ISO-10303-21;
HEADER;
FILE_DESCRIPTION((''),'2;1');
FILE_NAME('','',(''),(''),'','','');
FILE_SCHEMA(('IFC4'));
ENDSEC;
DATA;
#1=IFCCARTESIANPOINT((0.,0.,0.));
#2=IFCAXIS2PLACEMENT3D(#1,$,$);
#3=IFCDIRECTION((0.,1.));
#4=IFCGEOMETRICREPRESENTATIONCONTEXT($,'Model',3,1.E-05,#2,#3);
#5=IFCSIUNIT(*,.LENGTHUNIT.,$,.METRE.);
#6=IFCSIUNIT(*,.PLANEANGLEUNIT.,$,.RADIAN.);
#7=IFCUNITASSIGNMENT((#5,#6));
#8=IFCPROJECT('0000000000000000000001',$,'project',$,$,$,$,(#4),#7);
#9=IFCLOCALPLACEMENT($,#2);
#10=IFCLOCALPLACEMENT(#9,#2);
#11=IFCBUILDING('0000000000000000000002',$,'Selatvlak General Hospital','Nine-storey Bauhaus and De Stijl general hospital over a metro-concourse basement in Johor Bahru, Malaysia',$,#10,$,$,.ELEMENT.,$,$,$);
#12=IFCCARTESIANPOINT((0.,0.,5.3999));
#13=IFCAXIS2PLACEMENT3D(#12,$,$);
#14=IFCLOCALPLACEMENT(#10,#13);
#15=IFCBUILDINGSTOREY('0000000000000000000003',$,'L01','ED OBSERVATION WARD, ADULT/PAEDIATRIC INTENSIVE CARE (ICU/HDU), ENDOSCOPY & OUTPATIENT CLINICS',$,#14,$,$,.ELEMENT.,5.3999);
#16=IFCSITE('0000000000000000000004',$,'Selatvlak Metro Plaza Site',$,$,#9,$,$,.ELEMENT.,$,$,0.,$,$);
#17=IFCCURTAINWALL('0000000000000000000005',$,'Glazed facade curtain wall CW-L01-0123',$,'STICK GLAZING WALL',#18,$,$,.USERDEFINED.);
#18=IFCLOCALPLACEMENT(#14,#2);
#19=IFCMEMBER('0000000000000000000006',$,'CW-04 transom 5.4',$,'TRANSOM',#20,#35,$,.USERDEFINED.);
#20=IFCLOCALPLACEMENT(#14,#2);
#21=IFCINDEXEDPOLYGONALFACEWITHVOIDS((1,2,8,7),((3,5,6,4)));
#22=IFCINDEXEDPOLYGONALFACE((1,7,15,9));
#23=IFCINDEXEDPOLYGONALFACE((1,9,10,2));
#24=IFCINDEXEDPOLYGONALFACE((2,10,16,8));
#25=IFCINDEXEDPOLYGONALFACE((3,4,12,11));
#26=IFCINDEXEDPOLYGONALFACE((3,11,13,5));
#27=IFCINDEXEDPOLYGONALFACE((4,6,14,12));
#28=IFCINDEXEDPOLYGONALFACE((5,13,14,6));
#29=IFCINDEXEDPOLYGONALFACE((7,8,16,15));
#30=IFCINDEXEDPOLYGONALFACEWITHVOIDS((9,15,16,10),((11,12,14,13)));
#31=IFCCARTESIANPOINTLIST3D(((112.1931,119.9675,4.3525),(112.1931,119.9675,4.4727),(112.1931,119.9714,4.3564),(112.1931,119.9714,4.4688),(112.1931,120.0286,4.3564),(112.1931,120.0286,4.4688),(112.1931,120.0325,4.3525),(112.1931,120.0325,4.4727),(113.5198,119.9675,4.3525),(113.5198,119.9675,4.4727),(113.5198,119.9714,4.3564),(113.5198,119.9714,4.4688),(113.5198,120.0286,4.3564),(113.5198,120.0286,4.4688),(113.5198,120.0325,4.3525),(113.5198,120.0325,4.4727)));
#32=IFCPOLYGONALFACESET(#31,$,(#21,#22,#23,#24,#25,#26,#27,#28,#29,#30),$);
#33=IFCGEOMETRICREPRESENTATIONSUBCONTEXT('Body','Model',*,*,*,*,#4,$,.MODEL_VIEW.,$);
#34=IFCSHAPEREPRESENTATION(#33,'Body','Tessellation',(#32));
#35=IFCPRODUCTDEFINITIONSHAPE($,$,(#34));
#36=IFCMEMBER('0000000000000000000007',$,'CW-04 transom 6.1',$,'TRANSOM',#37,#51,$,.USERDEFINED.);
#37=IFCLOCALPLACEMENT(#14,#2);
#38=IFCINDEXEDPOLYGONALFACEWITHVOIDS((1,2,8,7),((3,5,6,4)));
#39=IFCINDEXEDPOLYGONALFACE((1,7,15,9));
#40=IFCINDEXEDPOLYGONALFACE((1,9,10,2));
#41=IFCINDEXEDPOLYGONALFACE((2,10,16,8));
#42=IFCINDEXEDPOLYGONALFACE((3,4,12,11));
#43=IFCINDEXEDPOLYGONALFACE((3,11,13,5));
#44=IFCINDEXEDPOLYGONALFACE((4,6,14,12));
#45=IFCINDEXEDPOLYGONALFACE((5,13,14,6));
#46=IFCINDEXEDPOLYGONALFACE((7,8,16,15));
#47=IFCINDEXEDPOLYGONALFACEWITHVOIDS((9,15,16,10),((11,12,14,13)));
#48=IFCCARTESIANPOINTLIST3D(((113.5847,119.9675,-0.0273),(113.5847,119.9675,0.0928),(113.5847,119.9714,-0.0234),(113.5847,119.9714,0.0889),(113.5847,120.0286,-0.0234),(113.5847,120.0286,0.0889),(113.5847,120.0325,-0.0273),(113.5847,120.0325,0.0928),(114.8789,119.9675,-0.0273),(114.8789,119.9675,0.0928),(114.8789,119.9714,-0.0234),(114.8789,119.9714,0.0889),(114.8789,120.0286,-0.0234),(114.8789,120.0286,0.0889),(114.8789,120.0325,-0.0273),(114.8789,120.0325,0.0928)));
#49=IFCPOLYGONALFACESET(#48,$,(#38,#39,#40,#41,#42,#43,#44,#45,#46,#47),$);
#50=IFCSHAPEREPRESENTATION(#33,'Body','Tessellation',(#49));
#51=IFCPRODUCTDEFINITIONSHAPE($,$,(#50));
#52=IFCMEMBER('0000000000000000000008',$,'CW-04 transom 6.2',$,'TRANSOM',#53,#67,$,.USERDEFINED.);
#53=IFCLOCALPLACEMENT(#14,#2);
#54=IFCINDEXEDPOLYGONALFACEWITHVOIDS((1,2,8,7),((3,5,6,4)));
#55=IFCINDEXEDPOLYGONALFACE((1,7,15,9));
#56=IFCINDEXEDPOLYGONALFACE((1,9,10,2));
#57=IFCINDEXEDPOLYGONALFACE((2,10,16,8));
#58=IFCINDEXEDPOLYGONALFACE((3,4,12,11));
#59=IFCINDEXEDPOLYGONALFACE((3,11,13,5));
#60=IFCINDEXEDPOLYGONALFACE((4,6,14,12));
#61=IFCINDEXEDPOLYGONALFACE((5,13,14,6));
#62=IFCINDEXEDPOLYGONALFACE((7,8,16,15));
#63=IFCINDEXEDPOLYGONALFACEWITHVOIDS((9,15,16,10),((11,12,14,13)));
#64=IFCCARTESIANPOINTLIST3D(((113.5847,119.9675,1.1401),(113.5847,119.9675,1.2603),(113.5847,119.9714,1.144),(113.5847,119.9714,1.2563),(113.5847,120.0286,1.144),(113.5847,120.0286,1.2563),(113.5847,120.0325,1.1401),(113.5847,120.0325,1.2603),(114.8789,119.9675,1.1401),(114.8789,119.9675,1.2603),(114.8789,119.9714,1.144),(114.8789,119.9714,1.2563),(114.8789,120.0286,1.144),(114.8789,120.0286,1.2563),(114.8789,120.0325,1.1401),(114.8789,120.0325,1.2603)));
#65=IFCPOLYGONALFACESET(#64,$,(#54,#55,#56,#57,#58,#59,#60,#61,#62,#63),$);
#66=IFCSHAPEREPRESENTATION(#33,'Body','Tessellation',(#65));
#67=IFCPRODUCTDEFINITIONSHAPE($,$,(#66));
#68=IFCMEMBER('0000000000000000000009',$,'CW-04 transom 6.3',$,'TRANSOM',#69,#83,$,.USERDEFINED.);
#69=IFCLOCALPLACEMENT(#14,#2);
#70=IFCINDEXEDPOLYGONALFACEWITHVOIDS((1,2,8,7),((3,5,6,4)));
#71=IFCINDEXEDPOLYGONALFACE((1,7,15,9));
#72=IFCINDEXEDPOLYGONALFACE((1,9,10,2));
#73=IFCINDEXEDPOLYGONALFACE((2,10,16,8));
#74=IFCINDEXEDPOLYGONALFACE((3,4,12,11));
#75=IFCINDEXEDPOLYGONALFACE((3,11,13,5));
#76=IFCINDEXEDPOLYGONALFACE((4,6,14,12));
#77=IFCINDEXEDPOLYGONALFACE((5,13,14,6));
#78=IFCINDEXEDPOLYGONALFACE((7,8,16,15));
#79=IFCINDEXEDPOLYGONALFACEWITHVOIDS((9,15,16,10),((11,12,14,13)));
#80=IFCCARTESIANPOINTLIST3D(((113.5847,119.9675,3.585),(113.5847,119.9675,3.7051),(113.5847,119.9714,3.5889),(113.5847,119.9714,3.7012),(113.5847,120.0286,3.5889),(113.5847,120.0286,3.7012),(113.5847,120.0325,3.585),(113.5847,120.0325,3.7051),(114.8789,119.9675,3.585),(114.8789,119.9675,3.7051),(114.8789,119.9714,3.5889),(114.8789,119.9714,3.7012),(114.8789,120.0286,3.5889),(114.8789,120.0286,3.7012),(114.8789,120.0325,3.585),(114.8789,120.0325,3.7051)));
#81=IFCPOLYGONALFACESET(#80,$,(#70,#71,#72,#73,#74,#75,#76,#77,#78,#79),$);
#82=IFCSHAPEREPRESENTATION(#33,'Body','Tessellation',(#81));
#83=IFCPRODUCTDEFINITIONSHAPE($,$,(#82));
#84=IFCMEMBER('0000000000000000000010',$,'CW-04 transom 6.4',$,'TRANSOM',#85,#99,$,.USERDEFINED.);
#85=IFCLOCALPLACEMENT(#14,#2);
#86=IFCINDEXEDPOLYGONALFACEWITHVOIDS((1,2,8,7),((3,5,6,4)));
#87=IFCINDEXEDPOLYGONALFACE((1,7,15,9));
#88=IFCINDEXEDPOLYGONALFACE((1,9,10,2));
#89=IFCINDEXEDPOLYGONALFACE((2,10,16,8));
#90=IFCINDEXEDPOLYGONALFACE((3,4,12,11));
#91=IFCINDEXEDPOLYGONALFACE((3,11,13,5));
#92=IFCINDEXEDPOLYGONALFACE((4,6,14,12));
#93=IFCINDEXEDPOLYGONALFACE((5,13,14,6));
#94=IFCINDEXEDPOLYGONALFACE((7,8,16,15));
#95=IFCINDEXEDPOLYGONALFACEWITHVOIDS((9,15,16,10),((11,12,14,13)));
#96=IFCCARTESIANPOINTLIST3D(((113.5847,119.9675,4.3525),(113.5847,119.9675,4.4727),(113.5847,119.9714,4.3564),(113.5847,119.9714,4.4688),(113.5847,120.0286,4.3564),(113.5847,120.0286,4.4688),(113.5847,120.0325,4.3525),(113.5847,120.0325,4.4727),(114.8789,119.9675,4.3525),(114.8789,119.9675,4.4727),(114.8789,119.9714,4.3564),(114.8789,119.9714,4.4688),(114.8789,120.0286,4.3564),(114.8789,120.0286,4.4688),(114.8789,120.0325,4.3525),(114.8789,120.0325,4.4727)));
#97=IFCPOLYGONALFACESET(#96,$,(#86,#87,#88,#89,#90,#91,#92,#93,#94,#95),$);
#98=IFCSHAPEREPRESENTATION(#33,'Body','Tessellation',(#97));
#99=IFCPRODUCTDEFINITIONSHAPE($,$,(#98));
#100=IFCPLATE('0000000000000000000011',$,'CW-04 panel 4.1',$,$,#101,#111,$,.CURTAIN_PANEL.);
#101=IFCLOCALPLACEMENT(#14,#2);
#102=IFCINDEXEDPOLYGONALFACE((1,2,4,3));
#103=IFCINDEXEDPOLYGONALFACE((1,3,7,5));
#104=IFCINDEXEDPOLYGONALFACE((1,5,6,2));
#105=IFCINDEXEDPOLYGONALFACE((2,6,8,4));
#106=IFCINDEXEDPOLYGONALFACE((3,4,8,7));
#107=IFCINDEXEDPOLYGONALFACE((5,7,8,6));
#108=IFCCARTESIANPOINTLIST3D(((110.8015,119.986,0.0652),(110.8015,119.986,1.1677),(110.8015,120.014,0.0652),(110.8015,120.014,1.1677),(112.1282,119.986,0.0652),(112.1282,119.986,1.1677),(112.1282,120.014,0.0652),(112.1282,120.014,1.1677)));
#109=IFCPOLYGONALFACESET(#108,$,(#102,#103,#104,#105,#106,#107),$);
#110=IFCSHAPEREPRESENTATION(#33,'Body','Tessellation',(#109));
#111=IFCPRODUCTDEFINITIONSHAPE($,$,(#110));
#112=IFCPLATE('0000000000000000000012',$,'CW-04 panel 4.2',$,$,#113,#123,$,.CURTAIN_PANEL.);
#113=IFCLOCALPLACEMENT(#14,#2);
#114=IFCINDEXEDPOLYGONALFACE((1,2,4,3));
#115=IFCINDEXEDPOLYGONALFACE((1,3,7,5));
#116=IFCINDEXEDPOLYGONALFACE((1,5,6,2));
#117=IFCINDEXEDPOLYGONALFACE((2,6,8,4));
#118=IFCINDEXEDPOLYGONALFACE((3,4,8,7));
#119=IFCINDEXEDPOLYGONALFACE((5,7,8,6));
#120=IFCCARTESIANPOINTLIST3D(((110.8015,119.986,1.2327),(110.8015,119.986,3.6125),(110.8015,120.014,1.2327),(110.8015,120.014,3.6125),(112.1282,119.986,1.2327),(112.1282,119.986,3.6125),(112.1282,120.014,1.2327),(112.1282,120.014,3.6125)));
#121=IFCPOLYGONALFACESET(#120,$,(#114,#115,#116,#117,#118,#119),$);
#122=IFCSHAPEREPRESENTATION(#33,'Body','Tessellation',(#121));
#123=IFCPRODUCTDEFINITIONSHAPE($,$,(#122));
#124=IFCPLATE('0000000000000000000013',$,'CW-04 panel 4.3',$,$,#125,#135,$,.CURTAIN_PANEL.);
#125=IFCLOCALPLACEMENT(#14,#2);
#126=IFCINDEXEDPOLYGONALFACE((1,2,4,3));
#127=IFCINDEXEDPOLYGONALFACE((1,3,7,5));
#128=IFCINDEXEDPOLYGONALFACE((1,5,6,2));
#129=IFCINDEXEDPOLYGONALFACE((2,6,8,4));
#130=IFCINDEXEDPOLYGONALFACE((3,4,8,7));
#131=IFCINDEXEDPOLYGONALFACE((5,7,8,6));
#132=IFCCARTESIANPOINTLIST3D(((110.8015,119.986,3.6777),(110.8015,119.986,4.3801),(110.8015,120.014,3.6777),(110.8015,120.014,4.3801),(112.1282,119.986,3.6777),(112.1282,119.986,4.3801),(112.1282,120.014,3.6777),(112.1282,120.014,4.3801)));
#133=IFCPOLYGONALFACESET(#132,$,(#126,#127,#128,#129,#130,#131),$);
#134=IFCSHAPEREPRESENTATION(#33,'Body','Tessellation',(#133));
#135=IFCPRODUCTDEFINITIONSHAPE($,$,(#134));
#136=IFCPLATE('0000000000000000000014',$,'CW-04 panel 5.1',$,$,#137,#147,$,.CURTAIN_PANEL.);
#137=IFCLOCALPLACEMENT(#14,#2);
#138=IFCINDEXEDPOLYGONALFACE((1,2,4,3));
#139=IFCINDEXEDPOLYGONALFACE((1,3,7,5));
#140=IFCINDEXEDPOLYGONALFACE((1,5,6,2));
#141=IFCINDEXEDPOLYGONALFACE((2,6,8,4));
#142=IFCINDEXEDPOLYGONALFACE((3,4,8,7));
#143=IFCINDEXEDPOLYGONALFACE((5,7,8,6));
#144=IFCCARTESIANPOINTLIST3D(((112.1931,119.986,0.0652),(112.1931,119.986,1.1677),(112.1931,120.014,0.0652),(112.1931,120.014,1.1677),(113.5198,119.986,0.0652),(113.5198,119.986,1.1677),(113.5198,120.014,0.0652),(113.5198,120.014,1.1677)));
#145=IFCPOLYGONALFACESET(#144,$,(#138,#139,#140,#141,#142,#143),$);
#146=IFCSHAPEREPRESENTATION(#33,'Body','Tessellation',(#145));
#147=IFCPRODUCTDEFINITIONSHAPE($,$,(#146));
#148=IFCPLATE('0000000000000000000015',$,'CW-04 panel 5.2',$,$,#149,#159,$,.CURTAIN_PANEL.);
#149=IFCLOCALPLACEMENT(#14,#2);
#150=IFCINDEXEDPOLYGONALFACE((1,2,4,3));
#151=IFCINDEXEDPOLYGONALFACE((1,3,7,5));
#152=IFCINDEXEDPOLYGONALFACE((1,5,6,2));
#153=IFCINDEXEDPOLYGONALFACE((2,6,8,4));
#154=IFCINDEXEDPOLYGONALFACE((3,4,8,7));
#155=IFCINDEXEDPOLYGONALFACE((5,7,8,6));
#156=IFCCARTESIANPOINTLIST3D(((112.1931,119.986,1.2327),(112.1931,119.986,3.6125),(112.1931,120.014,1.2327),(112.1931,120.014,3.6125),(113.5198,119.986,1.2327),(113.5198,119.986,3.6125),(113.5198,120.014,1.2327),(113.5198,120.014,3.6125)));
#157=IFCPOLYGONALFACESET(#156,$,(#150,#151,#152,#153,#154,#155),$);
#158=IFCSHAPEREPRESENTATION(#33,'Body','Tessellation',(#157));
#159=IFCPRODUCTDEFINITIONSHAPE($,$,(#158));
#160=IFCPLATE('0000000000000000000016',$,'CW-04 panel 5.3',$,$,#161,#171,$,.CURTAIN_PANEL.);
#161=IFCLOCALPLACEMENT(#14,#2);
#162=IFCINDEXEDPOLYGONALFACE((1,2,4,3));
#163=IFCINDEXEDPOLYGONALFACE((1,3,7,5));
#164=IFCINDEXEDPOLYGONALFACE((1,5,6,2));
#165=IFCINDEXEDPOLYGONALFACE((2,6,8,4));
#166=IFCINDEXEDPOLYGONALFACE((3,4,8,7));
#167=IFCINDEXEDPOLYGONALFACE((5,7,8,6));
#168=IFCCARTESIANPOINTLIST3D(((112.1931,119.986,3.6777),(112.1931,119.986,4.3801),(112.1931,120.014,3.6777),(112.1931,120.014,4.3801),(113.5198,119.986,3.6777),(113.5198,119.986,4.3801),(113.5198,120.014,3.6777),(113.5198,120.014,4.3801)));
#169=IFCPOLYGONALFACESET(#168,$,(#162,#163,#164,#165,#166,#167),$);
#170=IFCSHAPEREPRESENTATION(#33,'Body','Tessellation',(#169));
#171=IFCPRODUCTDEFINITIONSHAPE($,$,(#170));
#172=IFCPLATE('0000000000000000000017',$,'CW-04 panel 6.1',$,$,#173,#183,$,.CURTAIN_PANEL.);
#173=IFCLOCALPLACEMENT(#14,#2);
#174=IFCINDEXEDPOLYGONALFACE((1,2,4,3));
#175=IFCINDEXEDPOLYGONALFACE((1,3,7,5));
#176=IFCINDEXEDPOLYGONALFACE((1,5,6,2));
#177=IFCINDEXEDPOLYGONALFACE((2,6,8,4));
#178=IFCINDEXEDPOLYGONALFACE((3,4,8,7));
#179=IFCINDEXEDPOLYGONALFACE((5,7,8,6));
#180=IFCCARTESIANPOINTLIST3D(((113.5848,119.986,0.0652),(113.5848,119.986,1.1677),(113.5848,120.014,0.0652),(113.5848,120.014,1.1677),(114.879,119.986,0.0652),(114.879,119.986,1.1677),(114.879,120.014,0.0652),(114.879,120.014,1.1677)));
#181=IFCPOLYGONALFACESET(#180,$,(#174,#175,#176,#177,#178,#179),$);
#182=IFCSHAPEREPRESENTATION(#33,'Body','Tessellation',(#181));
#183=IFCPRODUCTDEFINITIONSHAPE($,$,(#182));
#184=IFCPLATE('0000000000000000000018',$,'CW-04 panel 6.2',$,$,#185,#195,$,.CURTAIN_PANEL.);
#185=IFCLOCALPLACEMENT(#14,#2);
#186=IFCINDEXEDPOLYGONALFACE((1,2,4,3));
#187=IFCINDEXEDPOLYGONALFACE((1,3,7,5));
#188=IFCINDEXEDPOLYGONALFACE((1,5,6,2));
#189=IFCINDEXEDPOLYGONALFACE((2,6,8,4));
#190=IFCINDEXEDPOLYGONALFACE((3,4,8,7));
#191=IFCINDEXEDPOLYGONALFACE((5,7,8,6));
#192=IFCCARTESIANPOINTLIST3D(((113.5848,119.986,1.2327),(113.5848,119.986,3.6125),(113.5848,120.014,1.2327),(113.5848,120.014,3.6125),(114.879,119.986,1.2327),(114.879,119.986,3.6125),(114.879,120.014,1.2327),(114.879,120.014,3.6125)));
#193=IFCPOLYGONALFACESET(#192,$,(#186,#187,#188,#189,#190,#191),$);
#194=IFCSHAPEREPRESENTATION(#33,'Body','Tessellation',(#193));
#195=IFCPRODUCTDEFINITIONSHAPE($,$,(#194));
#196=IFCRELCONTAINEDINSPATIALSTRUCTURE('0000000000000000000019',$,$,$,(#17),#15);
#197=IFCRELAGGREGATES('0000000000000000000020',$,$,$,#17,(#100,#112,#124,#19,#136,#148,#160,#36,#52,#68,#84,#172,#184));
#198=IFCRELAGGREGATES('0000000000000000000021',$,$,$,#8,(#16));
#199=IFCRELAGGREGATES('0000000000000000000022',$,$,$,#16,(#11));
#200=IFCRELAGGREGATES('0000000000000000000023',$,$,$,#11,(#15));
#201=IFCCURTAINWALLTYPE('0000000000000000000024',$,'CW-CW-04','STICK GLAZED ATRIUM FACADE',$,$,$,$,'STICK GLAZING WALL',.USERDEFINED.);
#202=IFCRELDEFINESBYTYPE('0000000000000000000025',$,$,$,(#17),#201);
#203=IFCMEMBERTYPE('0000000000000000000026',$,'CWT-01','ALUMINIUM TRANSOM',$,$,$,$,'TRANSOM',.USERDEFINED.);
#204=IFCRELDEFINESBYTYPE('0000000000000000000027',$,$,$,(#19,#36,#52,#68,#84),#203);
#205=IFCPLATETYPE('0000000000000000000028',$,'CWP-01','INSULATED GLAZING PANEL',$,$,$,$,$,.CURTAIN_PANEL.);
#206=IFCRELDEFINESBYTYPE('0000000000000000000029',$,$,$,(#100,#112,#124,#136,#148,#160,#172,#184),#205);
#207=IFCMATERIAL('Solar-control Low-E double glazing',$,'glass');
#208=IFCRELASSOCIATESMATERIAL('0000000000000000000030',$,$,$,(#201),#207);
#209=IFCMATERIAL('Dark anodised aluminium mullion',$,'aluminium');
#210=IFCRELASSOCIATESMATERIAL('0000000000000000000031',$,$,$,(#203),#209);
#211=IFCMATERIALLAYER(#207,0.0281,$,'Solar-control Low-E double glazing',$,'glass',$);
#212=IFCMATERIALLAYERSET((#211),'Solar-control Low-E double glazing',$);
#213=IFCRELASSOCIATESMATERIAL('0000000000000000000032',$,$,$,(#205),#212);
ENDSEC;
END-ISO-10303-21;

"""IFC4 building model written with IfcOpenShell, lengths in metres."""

from ifc_helpers import new_model, si_unit, direction, frame, origin, origin_2d, place, context, subcontext, project, spatial, rectangle, hollow_rectangle, extrude, material, layer, layer_set, material_profile, profile_set, type_object, element, aggregate, save


model = new_model("IFC4")

# Units and contexts
model_context = context("Model", 3, precision=1e-05, world=origin(), true_north=direction((0.0, 1.0)))
body_context = subcontext(model_context, "Body", "Model", "MODEL_VIEW")
ifc_project = project(units=[si_unit("LENGTHUNIT", "METRE"), si_unit("PLANEANGLEUNIT", "RADIAN")], contexts=[model_context])

# Site, building, storey
site_placement = place(None, origin())
site = spatial("IfcSite", under=ifc_project, at=site_placement, Name="Selatvlak Metro Plaza Site", CompositionType="ELEMENT", RefElevation=0.0)
building_placement = place(site_placement, origin())
building = spatial("IfcBuilding", under=site, at=building_placement, Name="Selatvlak General Hospital", Description="Nine-storey Bauhaus and De Stijl general hospital over a metro-concourse basement in Johor Bahru, Malaysia", CompositionType="ELEMENT")
storey_placement = place(building_placement, frame((0.0, 0.0, 5.3999)))
storey = spatial("IfcBuildingStorey", under=building, at=storey_placement, Name="L01", Description="ED OBSERVATION WARD, ADULT/PAEDIATRIC INTENSIVE CARE (ICU/HDU), ENDOSCOPY & OUTPATIENT CLINICS", CompositionType="ELEMENT", Elevation=5.3999)

# Curtain wall, members, plates
ifc_material_1 = material(Name="Solar-control Low-E double glazing", Category="glass")
curtain_wall_type = type_object("IfcCurtainWallType", Name="CW-CW-04", Description="STICK GLAZED ATRIUM FACADE", ElementType="STICK GLAZING WALL", PredefinedType="USERDEFINED", material=ifc_material_1)
curtain_wall_placement = place(storey_placement, origin())
curtain_wall = element("IfcCurtainWall", 1, at=curtain_wall_placement, inside=storey, type_object=curtain_wall_type, Name="Glazed facade curtain wall CW-L01-0123", ObjectType="STICK GLAZING WALL", PredefinedType="USERDEFINED")
ifc_material_2 = material(Name="Dark anodised aluminium mullion", Category="aluminium")
ifc_material_profile_1 = material_profile(ifc_material_2, hollow_rectangle(XDim=0.0649, YDim=0.1201, WallThickness=0.0039, at=origin_2d()), Name="AL-TRN 65x120x4")
ifc_profile_set_1 = profile_set([ifc_material_profile_1], Name="Dark anodised aluminium mullion")
member_type_1 = type_object("IfcMemberType", Name="CWT-01", Description="ALUMINIUM TRANSOM", ElementType="TRANSOM", PredefinedType="USERDEFINED", material=ifc_profile_set_1)
member_1_placement = place(storey_placement, frame((112.1931, 120.0, 4.4126), z_axis=(1.0, 0.0, 0.0), x_axis=(0.0, 1.0, 0.0)))
member_1 = element("IfcMember", 2, at=member_1_placement, type_object=member_type_1, Name="CW-04 transom 5.4", ObjectType="TRANSOM", PredefinedType="USERDEFINED", context=body_context, shape_type="SweptSolid", body=[
    extrude(hollow_rectangle(XDim=0.0649, YDim=0.1201, WallThickness=0.0039, at=origin_2d()), origin(), (0.0, 0.0, 1.0), 1.3267),
])
member_2_placement = place(storey_placement, frame((113.5847, 120.0, 0.0327), z_axis=(1.0, 0.0, 0.0), x_axis=(0.0, 1.0, 0.0)))
member_2 = element("IfcMember", 3, at=member_2_placement, type_object=member_type_1, Name="CW-04 transom 6.1", ObjectType="TRANSOM", PredefinedType="USERDEFINED", context=body_context, shape_type="SweptSolid", body=[
    extrude(hollow_rectangle(XDim=0.0649, YDim=0.1201, WallThickness=0.0039, at=origin_2d()), origin(), (0.0, 0.0, 1.0), 1.2942),
])
member_3_placement = place(storey_placement, frame((113.5847, 120.0, 1.2002), z_axis=(1.0, 0.0, 0.0), x_axis=(0.0, 1.0, 0.0)))
member_3 = element("IfcMember", 4, at=member_3_placement, type_object=member_type_1, Name="CW-04 transom 6.2", ObjectType="TRANSOM", PredefinedType="USERDEFINED", context=body_context, shape_type="SweptSolid", body=[
    extrude(hollow_rectangle(XDim=0.0649, YDim=0.1201, WallThickness=0.0039, at=origin_2d()), origin(), (0.0, 0.0, 1.0), 1.2942),
])
member_4_placement = place(storey_placement, frame((113.5847, 120.0, 3.645), z_axis=(1.0, 0.0, 0.0), x_axis=(0.0, 1.0, 0.0)))
member_4 = element("IfcMember", 5, at=member_4_placement, type_object=member_type_1, Name="CW-04 transom 6.3", ObjectType="TRANSOM", PredefinedType="USERDEFINED", context=body_context, shape_type="SweptSolid", body=[
    extrude(hollow_rectangle(XDim=0.0649, YDim=0.1201, WallThickness=0.0039, at=origin_2d()), origin(), (0.0, 0.0, 1.0), 1.2942),
])
member_5_placement = place(storey_placement, frame((113.5847, 120.0, 4.4126), z_axis=(1.0, 0.0, 0.0), x_axis=(0.0, 1.0, 0.0)))
member_5 = element("IfcMember", 6, at=member_5_placement, type_object=member_type_1, Name="CW-04 transom 6.4", ObjectType="TRANSOM", PredefinedType="USERDEFINED", context=body_context, shape_type="SweptSolid", body=[
    extrude(hollow_rectangle(XDim=0.0649, YDim=0.1201, WallThickness=0.0039, at=origin_2d()), origin(), (0.0, 0.0, 1.0), 1.2942),
])
ifc_layer_1 = layer(ifc_material_1, 0.0281, Name="Solar-control Low-E double glazing", Category="glass")
ifc_layer_set_1 = layer_set([ifc_layer_1], Name="Solar-control Low-E double glazing")
plate_type = type_object("IfcPlateType", Name="CWP-01", Description="INSULATED GLAZING PANEL", PredefinedType="CURTAIN_PANEL", material=ifc_layer_set_1)
plate_1_placement = place(storey_placement, frame((111.4648, 120.0, 0.0652), z_axis=(0.0, 0.0, 1.0), x_axis=(1.0, 0.0, 0.0)))
plate_1 = element("IfcPlate", 7, at=plate_1_placement, type_object=plate_type, Name="CW-04 panel 4.1", PredefinedType="CURTAIN_PANEL", context=body_context, shape_type="SweptSolid", body=[
    extrude(rectangle(XDim=1.3267, YDim=0.0281, at=origin_2d()), origin(), (0.0, 0.0, 1.0), 1.1025),
])
plate_2_placement = place(storey_placement, frame((111.4648, 120.0, 1.2327), z_axis=(0.0, 0.0, 1.0), x_axis=(1.0, 0.0, 0.0)))
plate_2 = element("IfcPlate", 8, at=plate_2_placement, type_object=plate_type, Name="CW-04 panel 4.2", PredefinedType="CURTAIN_PANEL", context=body_context, shape_type="SweptSolid", body=[
    extrude(rectangle(XDim=1.3267, YDim=0.0281, at=origin_2d()), origin(), (0.0, 0.0, 1.0), 2.3799),
])
plate_3_placement = place(storey_placement, frame((111.4648, 120.0, 3.6777), z_axis=(0.0, 0.0, 1.0), x_axis=(1.0, 0.0, 0.0)))
plate_3 = element("IfcPlate", 9, at=plate_3_placement, type_object=plate_type, Name="CW-04 panel 4.3", PredefinedType="CURTAIN_PANEL", context=body_context, shape_type="SweptSolid", body=[
    extrude(rectangle(XDim=1.3267, YDim=0.0281, at=origin_2d()), origin(), (0.0, 0.0, 1.0), 0.7024),
])
plate_4_placement = place(storey_placement, frame((112.8564, 120.0, 0.0652), z_axis=(0.0, 0.0, 1.0), x_axis=(1.0, 0.0, 0.0)))
plate_4 = element("IfcPlate", 10, at=plate_4_placement, type_object=plate_type, Name="CW-04 panel 5.1", PredefinedType="CURTAIN_PANEL", context=body_context, shape_type="SweptSolid", body=[
    extrude(rectangle(XDim=1.3267, YDim=0.0281, at=origin_2d()), origin(), (0.0, 0.0, 1.0), 1.1025),
])
plate_5_placement = place(storey_placement, frame((112.8564, 120.0, 1.2327), z_axis=(0.0, 0.0, 1.0), x_axis=(1.0, 0.0, 0.0)))
plate_5 = element("IfcPlate", 11, at=plate_5_placement, type_object=plate_type, Name="CW-04 panel 5.2", PredefinedType="CURTAIN_PANEL", context=body_context, shape_type="SweptSolid", body=[
    extrude(rectangle(XDim=1.3267, YDim=0.0281, at=origin_2d()), origin(), (0.0, 0.0, 1.0), 2.3799),
])
plate_6_placement = place(storey_placement, frame((112.8564, 120.0, 3.6777), z_axis=(0.0, 0.0, 1.0), x_axis=(1.0, 0.0, 0.0)))
plate_6 = element("IfcPlate", 12, at=plate_6_placement, type_object=plate_type, Name="CW-04 panel 5.3", PredefinedType="CURTAIN_PANEL", context=body_context, shape_type="SweptSolid", body=[
    extrude(rectangle(XDim=1.3267, YDim=0.0281, at=origin_2d()), origin(), (0.0, 0.0, 1.0), 0.7024),
])
plate_7_placement = place(storey_placement, frame((114.2319, 120.0, 0.0652), z_axis=(0.0, 0.0, 1.0), x_axis=(1.0, 0.0, 0.0)))
plate_7 = element("IfcPlate", 13, at=plate_7_placement, type_object=plate_type, Name="CW-04 panel 6.1", PredefinedType="CURTAIN_PANEL", context=body_context, shape_type="SweptSolid", body=[
    extrude(rectangle(XDim=1.2942, YDim=0.0281, at=origin_2d()), origin(), (0.0, 0.0, 1.0), 1.1025),
])
plate_8_placement = place(storey_placement, frame((114.2319, 120.0, 1.2327), z_axis=(0.0, 0.0, 1.0), x_axis=(1.0, 0.0, 0.0)))
plate_8 = element("IfcPlate", 14, at=plate_8_placement, type_object=plate_type, Name="CW-04 panel 6.2", PredefinedType="CURTAIN_PANEL", context=body_context, shape_type="SweptSolid", body=[
    extrude(rectangle(XDim=1.2942, YDim=0.0281, at=origin_2d()), origin(), (0.0, 0.0, 1.0), 2.3799),
])
aggregate(curtain_wall, [plate_1, plate_2, plate_3, member_1, plate_4, plate_5, plate_6, member_2, member_3, member_4, member_5, plate_7, plate_8])

save(model, "model.ifc")
